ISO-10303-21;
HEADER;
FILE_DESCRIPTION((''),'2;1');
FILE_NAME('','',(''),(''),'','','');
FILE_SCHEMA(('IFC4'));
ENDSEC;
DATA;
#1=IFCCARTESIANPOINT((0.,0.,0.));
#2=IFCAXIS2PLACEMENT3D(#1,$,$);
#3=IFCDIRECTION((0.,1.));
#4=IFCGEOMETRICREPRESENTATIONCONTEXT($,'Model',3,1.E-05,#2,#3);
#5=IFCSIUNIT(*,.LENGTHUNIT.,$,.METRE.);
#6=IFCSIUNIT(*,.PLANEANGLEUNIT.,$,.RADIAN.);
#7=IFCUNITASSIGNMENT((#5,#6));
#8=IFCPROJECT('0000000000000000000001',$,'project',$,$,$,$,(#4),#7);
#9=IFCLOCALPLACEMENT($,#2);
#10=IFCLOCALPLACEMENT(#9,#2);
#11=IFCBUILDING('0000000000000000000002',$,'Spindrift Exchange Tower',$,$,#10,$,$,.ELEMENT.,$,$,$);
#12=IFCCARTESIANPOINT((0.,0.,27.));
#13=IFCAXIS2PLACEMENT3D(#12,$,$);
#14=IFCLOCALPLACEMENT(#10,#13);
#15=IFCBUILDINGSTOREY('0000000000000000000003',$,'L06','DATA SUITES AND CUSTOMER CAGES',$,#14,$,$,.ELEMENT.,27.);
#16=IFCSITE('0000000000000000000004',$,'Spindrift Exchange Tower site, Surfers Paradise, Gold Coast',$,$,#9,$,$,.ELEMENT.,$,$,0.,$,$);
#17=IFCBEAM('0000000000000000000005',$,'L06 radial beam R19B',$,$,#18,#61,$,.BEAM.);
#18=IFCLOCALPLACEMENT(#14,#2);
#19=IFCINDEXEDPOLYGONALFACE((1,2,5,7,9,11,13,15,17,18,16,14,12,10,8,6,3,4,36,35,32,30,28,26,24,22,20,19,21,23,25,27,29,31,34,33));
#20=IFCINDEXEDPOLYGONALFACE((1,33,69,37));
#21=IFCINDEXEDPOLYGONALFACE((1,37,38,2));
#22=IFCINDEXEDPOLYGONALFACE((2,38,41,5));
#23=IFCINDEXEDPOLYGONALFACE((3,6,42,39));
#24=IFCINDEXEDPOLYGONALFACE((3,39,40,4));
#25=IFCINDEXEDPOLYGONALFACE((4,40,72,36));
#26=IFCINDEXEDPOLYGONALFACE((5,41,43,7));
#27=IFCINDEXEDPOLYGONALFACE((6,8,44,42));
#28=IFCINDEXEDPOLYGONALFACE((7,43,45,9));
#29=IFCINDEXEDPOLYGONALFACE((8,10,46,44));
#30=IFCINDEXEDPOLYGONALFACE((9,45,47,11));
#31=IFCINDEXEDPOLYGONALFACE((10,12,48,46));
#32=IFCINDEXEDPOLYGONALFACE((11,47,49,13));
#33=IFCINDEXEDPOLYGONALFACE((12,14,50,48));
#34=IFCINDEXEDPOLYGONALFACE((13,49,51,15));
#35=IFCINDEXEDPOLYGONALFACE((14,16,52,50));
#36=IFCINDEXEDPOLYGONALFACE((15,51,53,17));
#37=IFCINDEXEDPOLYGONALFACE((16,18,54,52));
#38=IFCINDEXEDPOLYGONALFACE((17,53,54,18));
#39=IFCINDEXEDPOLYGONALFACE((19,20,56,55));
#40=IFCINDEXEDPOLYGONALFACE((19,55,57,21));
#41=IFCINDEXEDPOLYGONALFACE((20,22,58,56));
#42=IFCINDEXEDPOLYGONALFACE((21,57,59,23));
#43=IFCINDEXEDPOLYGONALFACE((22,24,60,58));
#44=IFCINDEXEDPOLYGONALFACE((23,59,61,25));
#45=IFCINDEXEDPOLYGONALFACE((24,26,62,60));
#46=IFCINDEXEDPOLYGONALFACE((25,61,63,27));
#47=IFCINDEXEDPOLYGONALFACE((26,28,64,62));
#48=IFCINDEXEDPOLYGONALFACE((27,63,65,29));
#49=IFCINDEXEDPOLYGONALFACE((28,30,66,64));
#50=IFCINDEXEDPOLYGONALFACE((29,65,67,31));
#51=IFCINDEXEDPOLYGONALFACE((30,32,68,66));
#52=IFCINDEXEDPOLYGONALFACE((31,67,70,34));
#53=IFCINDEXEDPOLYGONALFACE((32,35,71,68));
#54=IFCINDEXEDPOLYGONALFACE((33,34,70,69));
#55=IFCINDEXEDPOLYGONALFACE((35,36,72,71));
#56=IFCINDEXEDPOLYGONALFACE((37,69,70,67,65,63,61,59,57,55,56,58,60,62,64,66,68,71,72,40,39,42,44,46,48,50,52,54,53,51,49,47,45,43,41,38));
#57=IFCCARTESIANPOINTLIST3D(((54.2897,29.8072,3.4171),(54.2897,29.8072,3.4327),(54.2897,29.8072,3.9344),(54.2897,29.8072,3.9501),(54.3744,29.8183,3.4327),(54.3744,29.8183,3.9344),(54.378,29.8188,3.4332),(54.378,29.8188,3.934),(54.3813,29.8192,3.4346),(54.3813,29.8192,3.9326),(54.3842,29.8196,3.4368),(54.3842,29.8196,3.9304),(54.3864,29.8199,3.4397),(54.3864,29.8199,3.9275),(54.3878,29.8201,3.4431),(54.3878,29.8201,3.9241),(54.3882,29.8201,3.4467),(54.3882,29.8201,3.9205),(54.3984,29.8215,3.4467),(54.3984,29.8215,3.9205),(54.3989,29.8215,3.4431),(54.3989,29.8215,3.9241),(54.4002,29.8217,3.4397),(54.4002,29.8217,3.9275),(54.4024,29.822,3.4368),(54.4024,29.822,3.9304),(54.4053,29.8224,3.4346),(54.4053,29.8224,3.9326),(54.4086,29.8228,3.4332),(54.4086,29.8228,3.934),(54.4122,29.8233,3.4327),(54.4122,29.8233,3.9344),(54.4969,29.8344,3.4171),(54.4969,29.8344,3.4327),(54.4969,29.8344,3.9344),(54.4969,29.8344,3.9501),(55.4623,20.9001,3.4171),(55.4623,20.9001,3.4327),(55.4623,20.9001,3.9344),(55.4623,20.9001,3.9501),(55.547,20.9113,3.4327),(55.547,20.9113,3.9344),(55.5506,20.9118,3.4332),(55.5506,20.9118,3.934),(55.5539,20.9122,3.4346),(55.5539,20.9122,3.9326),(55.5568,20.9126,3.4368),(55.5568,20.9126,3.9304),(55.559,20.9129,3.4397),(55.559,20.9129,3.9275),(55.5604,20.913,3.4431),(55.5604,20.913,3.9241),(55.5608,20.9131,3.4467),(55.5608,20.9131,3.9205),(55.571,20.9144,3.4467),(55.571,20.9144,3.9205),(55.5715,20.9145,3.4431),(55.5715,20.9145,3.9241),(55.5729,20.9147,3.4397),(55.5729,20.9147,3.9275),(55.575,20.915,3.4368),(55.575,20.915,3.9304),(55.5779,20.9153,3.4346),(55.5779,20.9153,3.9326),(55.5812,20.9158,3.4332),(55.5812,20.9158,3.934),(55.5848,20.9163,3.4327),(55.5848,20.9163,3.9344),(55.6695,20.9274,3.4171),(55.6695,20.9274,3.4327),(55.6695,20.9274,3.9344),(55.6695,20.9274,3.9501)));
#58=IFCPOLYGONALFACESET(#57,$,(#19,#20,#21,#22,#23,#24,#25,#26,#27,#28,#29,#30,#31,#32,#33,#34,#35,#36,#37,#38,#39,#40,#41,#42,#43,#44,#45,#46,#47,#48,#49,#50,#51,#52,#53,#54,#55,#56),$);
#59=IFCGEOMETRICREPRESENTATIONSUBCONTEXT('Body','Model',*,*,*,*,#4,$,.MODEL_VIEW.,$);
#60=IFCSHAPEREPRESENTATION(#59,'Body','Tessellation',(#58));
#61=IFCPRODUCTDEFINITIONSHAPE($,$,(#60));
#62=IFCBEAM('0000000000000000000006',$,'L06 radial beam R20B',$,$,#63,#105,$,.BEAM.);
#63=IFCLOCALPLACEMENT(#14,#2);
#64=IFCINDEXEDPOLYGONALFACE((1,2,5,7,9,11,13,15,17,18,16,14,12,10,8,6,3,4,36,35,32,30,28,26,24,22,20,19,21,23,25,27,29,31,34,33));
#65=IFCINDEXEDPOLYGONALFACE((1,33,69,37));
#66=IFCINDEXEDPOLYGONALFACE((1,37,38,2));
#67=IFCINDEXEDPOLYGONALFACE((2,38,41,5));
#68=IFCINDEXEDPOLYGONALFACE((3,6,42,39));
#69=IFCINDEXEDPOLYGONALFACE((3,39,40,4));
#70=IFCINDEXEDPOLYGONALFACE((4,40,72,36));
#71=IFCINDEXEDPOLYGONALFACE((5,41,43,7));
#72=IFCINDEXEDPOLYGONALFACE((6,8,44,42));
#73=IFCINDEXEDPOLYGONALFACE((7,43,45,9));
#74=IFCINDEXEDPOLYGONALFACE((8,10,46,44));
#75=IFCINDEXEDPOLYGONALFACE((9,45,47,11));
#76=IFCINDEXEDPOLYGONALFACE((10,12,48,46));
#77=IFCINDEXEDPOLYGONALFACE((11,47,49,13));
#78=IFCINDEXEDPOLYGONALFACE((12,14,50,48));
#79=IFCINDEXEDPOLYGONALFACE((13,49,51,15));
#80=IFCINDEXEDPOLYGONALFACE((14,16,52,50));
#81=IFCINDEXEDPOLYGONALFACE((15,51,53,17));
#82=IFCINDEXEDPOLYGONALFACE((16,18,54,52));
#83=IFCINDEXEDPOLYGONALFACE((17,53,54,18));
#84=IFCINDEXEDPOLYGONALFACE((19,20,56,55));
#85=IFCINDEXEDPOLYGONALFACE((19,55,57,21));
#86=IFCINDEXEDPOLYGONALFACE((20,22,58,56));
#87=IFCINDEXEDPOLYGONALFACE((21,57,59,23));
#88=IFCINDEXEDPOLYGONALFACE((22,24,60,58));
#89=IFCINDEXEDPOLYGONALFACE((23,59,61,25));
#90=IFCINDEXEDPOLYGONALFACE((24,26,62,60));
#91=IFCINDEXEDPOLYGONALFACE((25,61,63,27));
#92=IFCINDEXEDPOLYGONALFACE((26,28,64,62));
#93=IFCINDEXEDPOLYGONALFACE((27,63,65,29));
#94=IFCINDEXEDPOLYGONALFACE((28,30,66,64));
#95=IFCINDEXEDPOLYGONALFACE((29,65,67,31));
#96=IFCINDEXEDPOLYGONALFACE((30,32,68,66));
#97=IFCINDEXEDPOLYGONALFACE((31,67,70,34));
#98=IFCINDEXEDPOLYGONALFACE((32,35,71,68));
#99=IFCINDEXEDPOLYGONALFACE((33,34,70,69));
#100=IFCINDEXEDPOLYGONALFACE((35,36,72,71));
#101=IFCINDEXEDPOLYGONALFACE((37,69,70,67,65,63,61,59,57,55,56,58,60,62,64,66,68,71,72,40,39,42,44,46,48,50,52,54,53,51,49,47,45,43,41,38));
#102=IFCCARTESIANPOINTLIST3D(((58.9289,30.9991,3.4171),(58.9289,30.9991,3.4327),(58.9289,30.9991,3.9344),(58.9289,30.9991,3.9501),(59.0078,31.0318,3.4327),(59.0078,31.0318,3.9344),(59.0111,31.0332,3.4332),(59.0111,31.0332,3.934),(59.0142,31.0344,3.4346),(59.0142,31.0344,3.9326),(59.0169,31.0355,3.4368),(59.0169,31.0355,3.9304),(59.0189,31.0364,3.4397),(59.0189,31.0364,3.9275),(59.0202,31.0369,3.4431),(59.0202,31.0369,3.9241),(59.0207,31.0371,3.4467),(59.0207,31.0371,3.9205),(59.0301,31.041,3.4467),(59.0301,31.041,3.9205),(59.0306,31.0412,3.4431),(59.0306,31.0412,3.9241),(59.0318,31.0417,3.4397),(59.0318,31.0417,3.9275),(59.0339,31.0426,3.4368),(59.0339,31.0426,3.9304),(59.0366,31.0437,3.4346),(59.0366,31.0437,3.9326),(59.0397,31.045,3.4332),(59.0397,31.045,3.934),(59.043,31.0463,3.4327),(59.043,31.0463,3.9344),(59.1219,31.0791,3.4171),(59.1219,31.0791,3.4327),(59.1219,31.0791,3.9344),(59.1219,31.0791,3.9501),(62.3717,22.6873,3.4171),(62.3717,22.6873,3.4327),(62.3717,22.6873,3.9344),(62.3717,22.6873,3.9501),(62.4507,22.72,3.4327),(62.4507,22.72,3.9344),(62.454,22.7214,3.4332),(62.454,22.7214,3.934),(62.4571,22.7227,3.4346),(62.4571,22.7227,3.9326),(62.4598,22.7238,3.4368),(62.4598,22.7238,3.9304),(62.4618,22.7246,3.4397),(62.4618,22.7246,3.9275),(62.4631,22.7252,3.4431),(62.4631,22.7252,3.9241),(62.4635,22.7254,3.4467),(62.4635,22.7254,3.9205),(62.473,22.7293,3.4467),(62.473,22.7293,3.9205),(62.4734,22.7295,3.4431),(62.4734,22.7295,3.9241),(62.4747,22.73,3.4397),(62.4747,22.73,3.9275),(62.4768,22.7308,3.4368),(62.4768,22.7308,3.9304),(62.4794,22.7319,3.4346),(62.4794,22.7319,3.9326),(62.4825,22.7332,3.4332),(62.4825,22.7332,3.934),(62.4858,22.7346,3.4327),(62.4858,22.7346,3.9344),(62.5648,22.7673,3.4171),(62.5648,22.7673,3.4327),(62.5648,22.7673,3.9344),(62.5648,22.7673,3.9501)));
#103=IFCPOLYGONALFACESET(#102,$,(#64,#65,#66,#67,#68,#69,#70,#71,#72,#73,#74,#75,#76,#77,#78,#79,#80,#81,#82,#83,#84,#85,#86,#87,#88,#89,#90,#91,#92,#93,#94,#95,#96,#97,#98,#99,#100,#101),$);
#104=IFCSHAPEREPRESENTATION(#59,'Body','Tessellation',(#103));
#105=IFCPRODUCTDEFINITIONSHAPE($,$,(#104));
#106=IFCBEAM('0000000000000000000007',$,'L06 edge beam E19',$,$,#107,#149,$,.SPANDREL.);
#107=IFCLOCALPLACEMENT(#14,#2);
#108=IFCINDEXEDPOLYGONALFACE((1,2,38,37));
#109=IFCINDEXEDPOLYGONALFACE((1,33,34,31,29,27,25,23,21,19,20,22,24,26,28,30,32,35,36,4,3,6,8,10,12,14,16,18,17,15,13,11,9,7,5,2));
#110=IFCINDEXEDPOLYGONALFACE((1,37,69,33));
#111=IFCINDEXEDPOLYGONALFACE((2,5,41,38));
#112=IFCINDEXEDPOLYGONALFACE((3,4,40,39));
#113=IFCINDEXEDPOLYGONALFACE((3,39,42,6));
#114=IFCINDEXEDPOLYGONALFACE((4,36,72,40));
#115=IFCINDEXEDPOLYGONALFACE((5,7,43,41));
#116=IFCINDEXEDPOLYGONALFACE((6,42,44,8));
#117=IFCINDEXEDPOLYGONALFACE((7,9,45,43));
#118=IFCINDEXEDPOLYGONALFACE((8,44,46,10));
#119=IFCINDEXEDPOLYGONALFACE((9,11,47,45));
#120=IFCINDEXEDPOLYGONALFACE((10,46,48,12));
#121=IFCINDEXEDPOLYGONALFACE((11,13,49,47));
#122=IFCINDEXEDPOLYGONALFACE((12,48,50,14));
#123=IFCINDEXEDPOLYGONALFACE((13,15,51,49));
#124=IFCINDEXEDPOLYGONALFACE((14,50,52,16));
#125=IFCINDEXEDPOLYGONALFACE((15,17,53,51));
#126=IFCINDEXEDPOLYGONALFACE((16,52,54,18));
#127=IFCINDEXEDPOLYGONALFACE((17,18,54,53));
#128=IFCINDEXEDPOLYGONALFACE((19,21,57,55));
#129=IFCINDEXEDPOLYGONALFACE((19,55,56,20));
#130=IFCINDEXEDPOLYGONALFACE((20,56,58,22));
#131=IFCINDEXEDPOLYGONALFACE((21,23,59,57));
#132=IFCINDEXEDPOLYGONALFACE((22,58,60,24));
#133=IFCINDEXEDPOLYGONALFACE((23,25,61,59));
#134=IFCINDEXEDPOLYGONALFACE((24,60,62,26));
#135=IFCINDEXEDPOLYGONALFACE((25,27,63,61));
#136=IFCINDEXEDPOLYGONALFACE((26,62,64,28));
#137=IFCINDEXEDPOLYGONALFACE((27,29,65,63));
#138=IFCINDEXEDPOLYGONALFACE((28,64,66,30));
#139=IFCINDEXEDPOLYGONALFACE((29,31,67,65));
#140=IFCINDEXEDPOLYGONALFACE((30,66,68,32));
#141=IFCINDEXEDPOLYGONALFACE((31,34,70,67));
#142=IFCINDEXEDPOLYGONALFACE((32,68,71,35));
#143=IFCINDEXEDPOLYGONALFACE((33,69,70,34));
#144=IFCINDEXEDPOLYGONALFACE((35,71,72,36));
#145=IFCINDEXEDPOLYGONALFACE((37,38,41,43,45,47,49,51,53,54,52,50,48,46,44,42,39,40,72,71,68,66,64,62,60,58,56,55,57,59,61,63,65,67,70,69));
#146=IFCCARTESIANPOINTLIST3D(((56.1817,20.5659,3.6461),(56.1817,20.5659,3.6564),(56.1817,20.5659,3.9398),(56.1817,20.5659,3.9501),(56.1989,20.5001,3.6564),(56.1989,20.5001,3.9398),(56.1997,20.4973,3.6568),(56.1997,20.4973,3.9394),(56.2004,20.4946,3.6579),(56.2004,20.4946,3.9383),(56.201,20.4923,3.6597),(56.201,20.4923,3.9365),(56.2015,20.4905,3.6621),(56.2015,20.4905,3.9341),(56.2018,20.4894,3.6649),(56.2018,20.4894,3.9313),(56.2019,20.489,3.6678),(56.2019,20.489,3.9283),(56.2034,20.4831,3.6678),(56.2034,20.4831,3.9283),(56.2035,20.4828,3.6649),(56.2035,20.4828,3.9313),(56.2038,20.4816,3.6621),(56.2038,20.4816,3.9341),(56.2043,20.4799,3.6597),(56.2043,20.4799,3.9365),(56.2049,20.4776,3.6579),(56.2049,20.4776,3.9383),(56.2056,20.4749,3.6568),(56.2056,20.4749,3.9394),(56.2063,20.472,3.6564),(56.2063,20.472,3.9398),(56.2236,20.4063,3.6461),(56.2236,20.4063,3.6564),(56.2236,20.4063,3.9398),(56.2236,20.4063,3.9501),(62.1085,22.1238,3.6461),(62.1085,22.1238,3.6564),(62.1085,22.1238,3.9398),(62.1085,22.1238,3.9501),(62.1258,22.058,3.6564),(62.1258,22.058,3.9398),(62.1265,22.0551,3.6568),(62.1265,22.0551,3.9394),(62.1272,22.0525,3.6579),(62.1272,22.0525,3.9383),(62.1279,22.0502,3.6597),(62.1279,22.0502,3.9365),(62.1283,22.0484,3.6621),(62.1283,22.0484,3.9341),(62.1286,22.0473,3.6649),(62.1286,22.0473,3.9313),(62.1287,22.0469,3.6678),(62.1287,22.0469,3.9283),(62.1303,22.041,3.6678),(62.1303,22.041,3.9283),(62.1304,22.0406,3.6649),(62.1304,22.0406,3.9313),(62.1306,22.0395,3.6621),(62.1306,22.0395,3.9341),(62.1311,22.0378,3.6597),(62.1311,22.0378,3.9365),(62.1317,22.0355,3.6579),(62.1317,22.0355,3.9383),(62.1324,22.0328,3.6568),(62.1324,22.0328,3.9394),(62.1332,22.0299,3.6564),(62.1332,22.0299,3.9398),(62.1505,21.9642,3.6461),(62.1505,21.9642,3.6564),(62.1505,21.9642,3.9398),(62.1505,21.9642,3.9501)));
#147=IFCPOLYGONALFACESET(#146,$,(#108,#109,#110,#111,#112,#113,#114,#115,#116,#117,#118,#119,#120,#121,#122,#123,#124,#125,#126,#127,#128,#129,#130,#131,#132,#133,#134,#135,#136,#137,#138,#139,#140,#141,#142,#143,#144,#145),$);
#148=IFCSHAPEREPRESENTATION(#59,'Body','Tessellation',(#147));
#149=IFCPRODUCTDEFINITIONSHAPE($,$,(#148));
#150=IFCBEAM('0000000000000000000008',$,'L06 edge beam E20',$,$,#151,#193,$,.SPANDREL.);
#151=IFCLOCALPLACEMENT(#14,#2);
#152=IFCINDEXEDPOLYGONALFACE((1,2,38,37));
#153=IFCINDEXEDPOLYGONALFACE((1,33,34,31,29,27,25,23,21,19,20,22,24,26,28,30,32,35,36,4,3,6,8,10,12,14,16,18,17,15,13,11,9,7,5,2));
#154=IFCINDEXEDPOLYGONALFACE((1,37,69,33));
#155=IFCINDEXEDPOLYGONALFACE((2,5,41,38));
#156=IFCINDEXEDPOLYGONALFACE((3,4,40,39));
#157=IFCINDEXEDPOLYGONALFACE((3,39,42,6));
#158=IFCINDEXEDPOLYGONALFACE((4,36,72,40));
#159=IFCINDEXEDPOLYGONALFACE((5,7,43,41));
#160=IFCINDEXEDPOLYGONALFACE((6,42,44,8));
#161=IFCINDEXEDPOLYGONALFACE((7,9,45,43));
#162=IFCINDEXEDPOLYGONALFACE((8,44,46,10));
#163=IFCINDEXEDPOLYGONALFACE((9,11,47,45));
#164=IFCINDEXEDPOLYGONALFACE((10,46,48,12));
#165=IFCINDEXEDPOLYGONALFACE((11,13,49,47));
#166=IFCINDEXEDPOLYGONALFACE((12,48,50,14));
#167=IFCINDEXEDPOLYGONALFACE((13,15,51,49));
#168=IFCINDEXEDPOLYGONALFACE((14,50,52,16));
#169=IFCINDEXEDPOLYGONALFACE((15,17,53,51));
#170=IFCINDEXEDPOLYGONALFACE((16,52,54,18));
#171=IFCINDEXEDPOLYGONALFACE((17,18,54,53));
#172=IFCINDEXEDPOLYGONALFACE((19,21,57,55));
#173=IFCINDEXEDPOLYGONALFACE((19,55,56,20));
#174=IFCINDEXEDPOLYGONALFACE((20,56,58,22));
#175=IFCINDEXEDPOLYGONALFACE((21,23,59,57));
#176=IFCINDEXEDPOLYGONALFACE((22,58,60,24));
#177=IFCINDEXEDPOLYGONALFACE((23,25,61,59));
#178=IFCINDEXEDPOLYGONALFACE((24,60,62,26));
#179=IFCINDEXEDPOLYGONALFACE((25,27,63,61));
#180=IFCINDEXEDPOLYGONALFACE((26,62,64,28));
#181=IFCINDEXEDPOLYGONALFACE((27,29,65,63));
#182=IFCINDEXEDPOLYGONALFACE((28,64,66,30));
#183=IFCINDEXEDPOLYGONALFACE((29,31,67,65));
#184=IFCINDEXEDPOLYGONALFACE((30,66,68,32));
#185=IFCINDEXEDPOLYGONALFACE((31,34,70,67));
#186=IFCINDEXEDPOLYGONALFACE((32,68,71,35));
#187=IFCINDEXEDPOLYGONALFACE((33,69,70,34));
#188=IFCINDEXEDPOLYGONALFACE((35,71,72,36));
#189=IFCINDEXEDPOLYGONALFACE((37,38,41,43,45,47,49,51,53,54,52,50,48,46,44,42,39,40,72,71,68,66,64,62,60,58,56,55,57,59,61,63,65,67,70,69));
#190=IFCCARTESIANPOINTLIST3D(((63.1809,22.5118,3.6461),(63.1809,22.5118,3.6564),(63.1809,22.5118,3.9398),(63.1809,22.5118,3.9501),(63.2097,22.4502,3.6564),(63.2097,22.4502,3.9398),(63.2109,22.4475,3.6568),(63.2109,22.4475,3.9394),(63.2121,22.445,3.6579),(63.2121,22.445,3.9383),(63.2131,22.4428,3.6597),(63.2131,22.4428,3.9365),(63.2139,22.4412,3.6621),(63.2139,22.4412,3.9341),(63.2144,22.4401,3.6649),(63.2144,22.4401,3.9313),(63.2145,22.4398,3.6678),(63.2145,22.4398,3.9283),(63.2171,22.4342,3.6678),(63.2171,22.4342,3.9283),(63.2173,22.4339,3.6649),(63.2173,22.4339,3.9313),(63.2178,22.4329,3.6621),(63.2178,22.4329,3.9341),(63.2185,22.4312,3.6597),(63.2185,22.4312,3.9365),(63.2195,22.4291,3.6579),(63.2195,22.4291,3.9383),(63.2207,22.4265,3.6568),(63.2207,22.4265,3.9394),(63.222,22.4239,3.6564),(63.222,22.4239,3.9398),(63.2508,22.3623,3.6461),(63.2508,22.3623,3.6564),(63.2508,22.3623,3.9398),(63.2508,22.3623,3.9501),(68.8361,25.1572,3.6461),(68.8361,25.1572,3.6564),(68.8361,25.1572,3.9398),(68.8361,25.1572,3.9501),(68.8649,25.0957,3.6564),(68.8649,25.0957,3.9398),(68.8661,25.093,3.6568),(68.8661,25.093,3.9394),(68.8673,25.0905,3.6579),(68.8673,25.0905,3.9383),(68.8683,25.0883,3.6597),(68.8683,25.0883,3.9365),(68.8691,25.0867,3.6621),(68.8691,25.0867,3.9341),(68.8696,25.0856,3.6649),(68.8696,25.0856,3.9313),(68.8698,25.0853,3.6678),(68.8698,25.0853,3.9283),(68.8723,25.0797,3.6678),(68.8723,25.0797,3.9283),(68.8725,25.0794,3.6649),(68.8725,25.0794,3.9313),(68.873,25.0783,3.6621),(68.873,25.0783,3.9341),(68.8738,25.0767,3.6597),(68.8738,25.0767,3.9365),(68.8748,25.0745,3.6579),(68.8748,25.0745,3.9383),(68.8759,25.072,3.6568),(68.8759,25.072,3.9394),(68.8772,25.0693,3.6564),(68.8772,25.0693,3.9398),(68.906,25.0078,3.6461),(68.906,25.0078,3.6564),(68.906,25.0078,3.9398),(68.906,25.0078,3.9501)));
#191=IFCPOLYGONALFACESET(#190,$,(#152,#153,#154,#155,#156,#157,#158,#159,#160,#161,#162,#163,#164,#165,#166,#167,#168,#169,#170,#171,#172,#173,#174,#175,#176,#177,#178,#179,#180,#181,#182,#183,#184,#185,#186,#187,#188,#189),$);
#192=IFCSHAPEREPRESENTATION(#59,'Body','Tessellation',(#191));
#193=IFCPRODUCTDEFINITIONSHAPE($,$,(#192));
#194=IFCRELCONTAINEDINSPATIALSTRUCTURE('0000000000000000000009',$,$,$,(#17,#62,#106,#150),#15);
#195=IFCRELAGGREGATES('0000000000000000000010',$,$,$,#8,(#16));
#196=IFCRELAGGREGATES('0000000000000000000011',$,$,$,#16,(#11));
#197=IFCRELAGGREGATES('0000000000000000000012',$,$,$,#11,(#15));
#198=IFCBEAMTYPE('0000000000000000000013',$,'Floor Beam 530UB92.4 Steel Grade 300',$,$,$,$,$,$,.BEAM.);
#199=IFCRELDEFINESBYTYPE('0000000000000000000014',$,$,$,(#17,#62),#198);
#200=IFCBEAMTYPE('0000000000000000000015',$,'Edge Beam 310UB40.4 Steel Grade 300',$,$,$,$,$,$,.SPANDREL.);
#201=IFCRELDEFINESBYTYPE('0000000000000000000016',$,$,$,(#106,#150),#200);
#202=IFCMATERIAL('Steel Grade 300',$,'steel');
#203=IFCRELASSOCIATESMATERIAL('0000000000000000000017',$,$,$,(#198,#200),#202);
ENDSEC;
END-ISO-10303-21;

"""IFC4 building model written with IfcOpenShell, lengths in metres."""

from ifc_helpers import new_model, si_unit, direction, frame, origin, origin_2d, place, context, subcontext, project, spatial, i_section, extrude, source, transform, mapped, material, material_profile, profile_set, type_object, element, save


model = new_model("IFC4")

# Units and contexts
model_context = context("Model", 3, precision=1e-05, world=origin(), true_north=direction((0.0, 1.0)))
body_context = subcontext(model_context, "Body", "Model", "MODEL_VIEW")
ifc_project = project(units=[si_unit("LENGTHUNIT", "METRE"), si_unit("PLANEANGLEUNIT", "RADIAN")], contexts=[model_context])

# Site, building, storey
site_placement = place(None, origin())
site = spatial("IfcSite", under=ifc_project, at=site_placement, Name="Spindrift Exchange Tower site, Surfers Paradise, Gold Coast", CompositionType="ELEMENT", RefElevation=0.0)
building_placement = place(site_placement, origin())
building = spatial("IfcBuilding", under=site, at=building_placement, Name="Spindrift Exchange Tower", CompositionType="ELEMENT")
storey_placement = place(building_placement, frame((0.0, 0.0, 27.0)))
storey = spatial("IfcBuildingStorey", under=building, at=storey_placement, Name="L06", Description="DATA SUITES AND CUSTOMER CAGES", CompositionType="ELEMENT", Elevation=27.0)

# Beams
ifc_material_1 = material(Name="Steel Grade 300", Category="steel")
ifc_material_profile_1 = material_profile(ifc_material_1, i_section(OverallWidth=0.209, OverallDepth=0.533, WebThickness=0.0103, FlangeThickness=0.0156, FilletRadius=0.0139, at=origin_2d()), Name="530UB92.4")
ifc_profile_set_1 = profile_set([ifc_material_profile_1], Name="Steel Grade 300")
beam_type_1 = type_object("IfcBeamType", Name="Floor Beam 530UB92.4 Steel Grade 300", PredefinedType="BEAM", material=ifc_profile_set_1)
shared_shape_1 = source(origin(), body_context, "Body", "SweptSolid", [
    extrude(i_section(OverallWidth=0.209, OverallDepth=0.533, WebThickness=0.0103, FlangeThickness=0.0156, FilletRadius=0.0139, at=origin_2d()), origin(), (0.0, 0.0, 1.0), 8.9839),
])
beam_1_placement = place(storey_placement, frame((54.3933, 29.8208, 3.6836), z_axis=(0.130524, -0.991445, 0.0), x_axis=(0.991445, 0.130524, 0.0)))
element("IfcBeam", 1, at=beam_1_placement, inside=storey, type_object=beam_type_1, Name="L06 radial beam R19B", PredefinedType="BEAM", context=body_context, shape_type="MappedRepresentation", body=[
    mapped(shared_shape_1, transform((0.0, 0.0, 0.0), scale=1.0)),
])
shared_shape_2 = source(origin(), body_context, "Body", "SweptSolid", [
    extrude(i_section(OverallWidth=0.209, OverallDepth=0.533, WebThickness=0.0103, FlangeThickness=0.0156, FilletRadius=0.0139, at=origin_2d()), origin(), (0.0, 0.0, 1.0), 8.9966),
])
beam_2_placement = place(storey_placement, frame((59.0254, 31.0391, 3.6836), z_axis=(0.382686, -0.923879, 0.0), x_axis=(0.923879, 0.382686, 0.0)))
element("IfcBeam", 2, at=beam_2_placement, inside=storey, type_object=beam_type_1, Name="L06 radial beam R20B", PredefinedType="BEAM", context=body_context, shape_type="MappedRepresentation", body=[
    mapped(shared_shape_2, transform((0.0, 0.0, 0.0), scale=1.0)),
])
ifc_material_profile_2 = material_profile(ifc_material_1, i_section(OverallWidth=0.165, OverallDepth=0.304, WebThickness=0.0061, FlangeThickness=0.0103, FilletRadius=0.0115, at=origin_2d()), Name="310UB40.4")
ifc_profile_set_2 = profile_set([ifc_material_profile_2], Name="Steel Grade 300")
beam_type_2 = type_object("IfcBeamType", Name="Edge Beam 310UB40.4 Steel Grade 300", PredefinedType="SPANDREL", material=ifc_profile_set_2)
shared_shape_3 = source(origin(), body_context, "Body", "SweptSolid", [
    extrude(i_section(OverallWidth=0.165, OverallDepth=0.304, WebThickness=0.0061, FlangeThickness=0.0103, FilletRadius=0.0115, at=origin_2d()), origin(), (0.0, 0.0, 1.0), 6.1282),
])
beam_3_placement = place(storey_placement, frame((56.2026, 20.4861, 3.7981), z_axis=(0.967147, 0.254217, 0.0), x_axis=(-0.254217, 0.967147, 0.0)))
element("IfcBeam", 3, at=beam_3_placement, inside=storey, type_object=beam_type_2, Name="L06 edge beam E19", PredefinedType="SPANDREL", context=body_context, shape_type="MappedRepresentation", body=[
    mapped(shared_shape_3, transform((0.0, 0.0, 0.0), scale=1.0)),
])
shared_shape_4 = source(origin(), body_context, "Body", "SweptSolid", [
    extrude(i_section(OverallWidth=0.165, OverallDepth=0.304, WebThickness=0.0061, FlangeThickness=0.0103, FilletRadius=0.0115, at=origin_2d()), origin(), (0.0, 0.0, 1.0), 6.2434),
])
beam_4_placement = place(storey_placement, frame((63.2158, 22.437, 3.7981), z_axis=(0.905791, 0.423724, 0.0), x_axis=(-0.423724, 0.905791, 0.0)))
element("IfcBeam", 4, at=beam_4_placement, inside=storey, type_object=beam_type_2, Name="L06 edge beam E20", PredefinedType="SPANDREL", context=body_context, shape_type="MappedRepresentation", body=[
    mapped(shared_shape_4, transform((0.0, 0.0, 0.0), scale=1.0)),
])

save(model, "model.ifc")
